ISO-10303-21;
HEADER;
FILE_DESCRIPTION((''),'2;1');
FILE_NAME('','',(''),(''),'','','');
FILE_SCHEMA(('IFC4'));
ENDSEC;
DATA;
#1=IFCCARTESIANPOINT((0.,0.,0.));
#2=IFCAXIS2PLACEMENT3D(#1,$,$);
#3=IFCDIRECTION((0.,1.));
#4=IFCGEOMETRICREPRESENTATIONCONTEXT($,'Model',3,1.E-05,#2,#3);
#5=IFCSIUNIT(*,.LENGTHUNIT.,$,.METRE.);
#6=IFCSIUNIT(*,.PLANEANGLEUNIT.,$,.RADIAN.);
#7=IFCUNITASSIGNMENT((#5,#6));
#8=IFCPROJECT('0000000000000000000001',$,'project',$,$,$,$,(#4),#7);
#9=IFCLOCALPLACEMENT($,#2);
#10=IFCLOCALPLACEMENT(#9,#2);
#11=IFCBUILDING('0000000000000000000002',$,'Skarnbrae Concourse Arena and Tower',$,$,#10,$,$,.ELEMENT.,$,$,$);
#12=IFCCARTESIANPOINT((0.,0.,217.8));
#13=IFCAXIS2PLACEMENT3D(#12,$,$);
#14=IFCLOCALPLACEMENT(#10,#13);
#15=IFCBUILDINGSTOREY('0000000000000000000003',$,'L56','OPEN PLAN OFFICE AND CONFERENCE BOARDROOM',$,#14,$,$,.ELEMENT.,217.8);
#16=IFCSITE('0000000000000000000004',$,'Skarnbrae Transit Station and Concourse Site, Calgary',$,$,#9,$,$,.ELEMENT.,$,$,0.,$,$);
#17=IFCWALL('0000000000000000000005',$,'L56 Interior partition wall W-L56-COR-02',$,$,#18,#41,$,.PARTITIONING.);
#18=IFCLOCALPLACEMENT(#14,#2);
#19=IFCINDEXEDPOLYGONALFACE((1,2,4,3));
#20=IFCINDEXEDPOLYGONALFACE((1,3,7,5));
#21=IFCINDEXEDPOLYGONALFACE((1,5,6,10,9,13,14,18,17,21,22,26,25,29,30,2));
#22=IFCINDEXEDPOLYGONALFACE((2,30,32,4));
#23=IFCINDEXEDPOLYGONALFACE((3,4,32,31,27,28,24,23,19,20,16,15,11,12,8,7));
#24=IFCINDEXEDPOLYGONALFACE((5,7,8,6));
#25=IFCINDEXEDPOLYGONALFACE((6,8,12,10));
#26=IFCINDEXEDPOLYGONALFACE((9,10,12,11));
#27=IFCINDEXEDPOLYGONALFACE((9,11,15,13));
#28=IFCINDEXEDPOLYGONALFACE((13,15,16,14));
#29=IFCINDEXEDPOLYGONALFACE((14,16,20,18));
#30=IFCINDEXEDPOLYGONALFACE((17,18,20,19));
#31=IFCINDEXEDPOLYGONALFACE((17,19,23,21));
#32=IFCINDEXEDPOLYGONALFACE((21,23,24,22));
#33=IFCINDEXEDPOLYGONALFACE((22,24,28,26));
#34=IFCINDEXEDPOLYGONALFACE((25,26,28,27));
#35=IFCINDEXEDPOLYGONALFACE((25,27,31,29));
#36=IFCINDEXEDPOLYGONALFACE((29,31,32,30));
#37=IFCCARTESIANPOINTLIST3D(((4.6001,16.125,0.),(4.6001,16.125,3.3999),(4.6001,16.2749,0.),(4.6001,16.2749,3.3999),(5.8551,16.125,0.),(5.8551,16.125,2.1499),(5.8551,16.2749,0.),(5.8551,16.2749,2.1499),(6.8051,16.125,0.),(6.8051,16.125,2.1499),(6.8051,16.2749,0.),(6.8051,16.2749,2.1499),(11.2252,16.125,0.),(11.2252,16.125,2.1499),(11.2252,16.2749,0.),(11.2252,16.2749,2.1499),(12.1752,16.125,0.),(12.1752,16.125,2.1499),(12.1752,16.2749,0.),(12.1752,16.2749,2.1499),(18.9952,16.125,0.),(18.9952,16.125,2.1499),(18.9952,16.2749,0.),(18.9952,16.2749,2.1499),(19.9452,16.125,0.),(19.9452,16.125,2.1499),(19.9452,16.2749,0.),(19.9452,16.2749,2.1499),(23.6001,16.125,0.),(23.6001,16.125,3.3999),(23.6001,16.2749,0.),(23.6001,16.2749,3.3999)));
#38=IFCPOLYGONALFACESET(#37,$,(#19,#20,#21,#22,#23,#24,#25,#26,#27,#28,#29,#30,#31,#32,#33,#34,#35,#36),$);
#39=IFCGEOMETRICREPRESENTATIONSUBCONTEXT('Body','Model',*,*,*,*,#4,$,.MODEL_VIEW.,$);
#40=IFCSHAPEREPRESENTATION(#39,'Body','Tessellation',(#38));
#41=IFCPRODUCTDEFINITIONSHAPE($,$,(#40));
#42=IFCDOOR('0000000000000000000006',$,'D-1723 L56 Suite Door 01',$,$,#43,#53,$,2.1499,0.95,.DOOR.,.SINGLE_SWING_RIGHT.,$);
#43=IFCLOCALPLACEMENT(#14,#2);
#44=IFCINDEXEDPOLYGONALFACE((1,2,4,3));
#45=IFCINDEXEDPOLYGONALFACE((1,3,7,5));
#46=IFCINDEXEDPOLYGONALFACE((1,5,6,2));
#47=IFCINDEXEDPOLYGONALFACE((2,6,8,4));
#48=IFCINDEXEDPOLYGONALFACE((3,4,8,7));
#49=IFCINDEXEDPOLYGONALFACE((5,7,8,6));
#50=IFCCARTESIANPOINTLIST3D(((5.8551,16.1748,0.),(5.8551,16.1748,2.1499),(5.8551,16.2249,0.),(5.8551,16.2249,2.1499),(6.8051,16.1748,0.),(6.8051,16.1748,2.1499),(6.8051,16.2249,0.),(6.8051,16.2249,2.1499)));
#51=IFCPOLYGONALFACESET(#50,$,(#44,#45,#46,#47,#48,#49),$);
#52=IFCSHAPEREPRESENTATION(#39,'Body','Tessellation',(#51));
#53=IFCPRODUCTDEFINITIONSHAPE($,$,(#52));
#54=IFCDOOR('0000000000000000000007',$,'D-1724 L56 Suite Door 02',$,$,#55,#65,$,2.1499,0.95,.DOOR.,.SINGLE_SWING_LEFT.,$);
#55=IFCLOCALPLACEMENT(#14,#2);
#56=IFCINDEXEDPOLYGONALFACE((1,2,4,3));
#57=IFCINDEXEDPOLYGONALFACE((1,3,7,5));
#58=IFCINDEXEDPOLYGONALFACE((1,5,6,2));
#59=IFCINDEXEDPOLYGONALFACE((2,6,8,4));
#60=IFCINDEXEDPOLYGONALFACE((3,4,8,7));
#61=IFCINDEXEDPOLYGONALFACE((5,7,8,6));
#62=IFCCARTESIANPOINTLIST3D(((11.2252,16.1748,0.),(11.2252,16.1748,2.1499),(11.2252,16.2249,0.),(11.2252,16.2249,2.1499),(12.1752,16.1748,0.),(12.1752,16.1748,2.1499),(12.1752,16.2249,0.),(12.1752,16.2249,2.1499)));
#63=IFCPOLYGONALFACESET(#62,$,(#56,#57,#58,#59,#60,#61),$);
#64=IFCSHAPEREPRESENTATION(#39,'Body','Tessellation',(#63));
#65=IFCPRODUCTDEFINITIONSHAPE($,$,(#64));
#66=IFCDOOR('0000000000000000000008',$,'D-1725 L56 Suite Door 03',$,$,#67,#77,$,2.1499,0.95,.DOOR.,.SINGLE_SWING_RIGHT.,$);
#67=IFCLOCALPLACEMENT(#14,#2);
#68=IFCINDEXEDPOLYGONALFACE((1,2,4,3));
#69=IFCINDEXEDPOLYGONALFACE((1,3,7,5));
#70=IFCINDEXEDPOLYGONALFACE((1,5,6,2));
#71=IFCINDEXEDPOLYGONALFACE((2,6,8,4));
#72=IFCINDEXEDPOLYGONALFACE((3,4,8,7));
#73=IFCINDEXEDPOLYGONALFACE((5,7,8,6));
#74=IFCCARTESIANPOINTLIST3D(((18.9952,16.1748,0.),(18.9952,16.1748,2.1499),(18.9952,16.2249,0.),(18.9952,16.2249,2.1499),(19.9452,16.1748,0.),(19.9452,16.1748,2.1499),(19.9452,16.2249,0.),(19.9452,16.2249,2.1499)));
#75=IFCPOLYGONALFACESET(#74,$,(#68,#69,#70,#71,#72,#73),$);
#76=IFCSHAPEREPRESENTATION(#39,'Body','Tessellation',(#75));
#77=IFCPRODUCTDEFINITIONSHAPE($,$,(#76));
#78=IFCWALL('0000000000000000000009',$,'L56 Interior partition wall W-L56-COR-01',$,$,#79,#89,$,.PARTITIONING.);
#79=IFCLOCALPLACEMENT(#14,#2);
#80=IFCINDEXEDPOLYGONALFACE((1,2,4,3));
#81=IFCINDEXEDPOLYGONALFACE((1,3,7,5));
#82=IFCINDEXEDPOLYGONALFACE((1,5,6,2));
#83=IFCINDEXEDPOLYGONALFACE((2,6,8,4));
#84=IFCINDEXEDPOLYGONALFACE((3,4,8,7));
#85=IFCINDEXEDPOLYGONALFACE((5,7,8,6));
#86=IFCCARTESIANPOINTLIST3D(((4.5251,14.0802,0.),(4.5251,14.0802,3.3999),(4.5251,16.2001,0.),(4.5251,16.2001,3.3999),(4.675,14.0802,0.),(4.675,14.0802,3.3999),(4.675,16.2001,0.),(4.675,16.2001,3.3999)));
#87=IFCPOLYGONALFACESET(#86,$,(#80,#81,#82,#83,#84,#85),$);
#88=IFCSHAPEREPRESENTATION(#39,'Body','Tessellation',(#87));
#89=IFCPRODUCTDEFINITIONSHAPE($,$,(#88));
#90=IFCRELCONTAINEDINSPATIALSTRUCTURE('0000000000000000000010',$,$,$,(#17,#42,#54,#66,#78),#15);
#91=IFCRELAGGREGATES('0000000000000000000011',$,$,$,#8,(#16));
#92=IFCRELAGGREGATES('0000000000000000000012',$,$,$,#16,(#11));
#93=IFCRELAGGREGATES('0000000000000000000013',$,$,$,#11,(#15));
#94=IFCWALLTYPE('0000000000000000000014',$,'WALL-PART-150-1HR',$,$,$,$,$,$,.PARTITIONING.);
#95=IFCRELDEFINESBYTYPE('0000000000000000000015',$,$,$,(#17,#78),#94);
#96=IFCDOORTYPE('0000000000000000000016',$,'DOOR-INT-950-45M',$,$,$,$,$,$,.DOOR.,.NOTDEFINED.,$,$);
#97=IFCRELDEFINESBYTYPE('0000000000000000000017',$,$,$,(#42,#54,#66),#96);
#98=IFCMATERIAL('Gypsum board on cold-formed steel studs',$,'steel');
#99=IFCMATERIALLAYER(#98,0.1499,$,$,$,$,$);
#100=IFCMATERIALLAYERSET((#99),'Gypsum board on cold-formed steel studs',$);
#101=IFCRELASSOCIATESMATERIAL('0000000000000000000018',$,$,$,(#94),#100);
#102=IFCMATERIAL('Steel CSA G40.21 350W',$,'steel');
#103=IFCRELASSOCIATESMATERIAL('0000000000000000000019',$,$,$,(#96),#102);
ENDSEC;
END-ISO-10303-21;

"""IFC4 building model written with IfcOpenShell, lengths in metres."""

from ifc_helpers import new_model, si_unit, direction, frame, frame_2d, origin, place, context, subcontext, project, spatial, rectangle, extrude, source, transform, mapped, material, layer, layer_set, type_object, element, fill, save


model = new_model("IFC4")

# Units and contexts
model_context = context("Model", 3, precision=1e-05, world=origin(), true_north=direction((0.0, 1.0)))
body_context = subcontext(model_context, "Body", "Model", "MODEL_VIEW")
ifc_project = project(units=[si_unit("LENGTHUNIT", "METRE"), si_unit("PLANEANGLEUNIT", "RADIAN")], contexts=[model_context])

# Site, building, storey
site_placement = place(None, origin())
site = spatial("IfcSite", under=ifc_project, at=site_placement, Name="Skarnbrae Transit Station and Concourse Site, Calgary", CompositionType="ELEMENT", RefElevation=0.0)
building_placement = place(site_placement, origin())
building = spatial("IfcBuilding", under=site, at=building_placement, Name="Skarnbrae Concourse Arena and Tower", CompositionType="ELEMENT")
storey_placement = place(building_placement, frame((0.0, 0.0, 217.8)))
storey = spatial("IfcBuildingStorey", under=building, at=storey_placement, Name="L56", Description="OPEN PLAN OFFICE AND CONFERENCE BOARDROOM", CompositionType="ELEMENT", Elevation=217.8)

# Shared definitions
ifc_material_1 = material(Name="Steel CSA G40.21 350W", Category="steel")

# Wall, openings, doors
ifc_material_2 = material(Name="Gypsum board on cold-formed steel studs", Category="steel")
ifc_layer_1 = layer(ifc_material_2, 0.1499)
ifc_layer_set_1 = layer_set([ifc_layer_1], Name="Gypsum board on cold-formed steel studs")
wall_type_1 = type_object("IfcWallType", Name="WALL-PART-150-1HR", PredefinedType="PARTITIONING", material=ifc_layer_set_1)
shared_shape_1 = source(origin(), body_context, "Body", "SweptSolid", [
    extrude(rectangle(XDim=19.0, YDim=0.1499, at=frame_2d((9.5, 0.0))), origin(), (0.0, 0.0, 1.0), 3.3999),
])
wall_1_placement = place(storey_placement, frame((4.6001, 16.2, 0.0), z_axis=(0.0, 0.0, 1.0), x_axis=(1.0, 0.0, 0.0)))
wall_1 = element("IfcWall", 1, at=wall_1_placement, inside=storey, type_object=wall_type_1, Name="L56 Interior partition wall W-L56-COR-02", PredefinedType="PARTITIONING", context=body_context, shape_type="MappedRepresentation", body=[
    mapped(shared_shape_1, transform((0.0, 0.0, 0.0))),
])
opening_1_placement = place(wall_1_placement, frame((1.2549, 0.0, 0.0)))
opening_1 = element("IfcOpeningElement", 2, at=opening_1_placement, cuts=wall_1, PredefinedType="OPENING", context=body_context, shape_type="SweptSolid", body=[
    extrude(rectangle(XDim=0.95, YDim=2.1499, at=frame_2d((0.4751, 1.075))), frame((0.0, 0.085, 0.0), z_axis=(0.0, -1.0, 0.0), x_axis=(1.0, 0.0, 0.0)), (0.0, 0.0, 1.0), 0.1699),
])
opening_2_placement = place(wall_1_placement, frame((6.625, 0.0, 0.0)))
opening_2 = element("IfcOpeningElement", 3, at=opening_2_placement, cuts=wall_1, PredefinedType="OPENING", context=body_context, shape_type="SweptSolid", body=[
    extrude(rectangle(XDim=0.95, YDim=2.1499, at=frame_2d((0.4751, 1.075))), frame((0.0, 0.085, 0.0), z_axis=(0.0, -1.0, 0.0), x_axis=(1.0, 0.0, 0.0)), (0.0, 0.0, 1.0), 0.1699),
])
opening_3_placement = place(wall_1_placement, frame((14.395, 0.0, 0.0)))
opening_3 = element("IfcOpeningElement", 4, at=opening_3_placement, cuts=wall_1, PredefinedType="OPENING", context=body_context, shape_type="SweptSolid", body=[
    extrude(rectangle(XDim=0.95, YDim=2.1499, at=frame_2d((0.4751, 1.075))), frame((0.0, 0.085, 0.0), z_axis=(0.0, -1.0, 0.0), x_axis=(1.0, 0.0, 0.0)), (0.0, 0.0, 1.0), 0.1699),
])
door_type_1 = type_object("IfcDoorType", Name="DOOR-INT-950-45M", OperationType="NOTDEFINED", PredefinedType="DOOR", material=ifc_material_1)
shared_shape_2 = source(origin(), body_context, "Body", "SweptSolid", [
    extrude(rectangle(XDim=0.95, YDim=2.1499, at=frame_2d((0.4751, 1.075))), frame((0.0, 0.0249, 0.0), z_axis=(0.0, -1.0, 0.0), x_axis=(1.0, 0.0, 0.0)), (0.0, 0.0, 1.0), 0.05),
])
door_1_placement = place(opening_1_placement, origin())
door_1 = element("IfcDoor", 5, at=door_1_placement, inside=storey, type_object=door_type_1, Name="D-1723 L56 Suite Door 01", OperationType="SINGLE_SWING_RIGHT", OverallHeight=2.1499, OverallWidth=0.95, PredefinedType="DOOR", context=body_context, shape_type="MappedRepresentation", body=[
    mapped(shared_shape_2, transform((0.0, 0.0, 0.0))),
])
fill(opening_1, door_1)
door_2_placement = place(opening_2_placement, origin())
door_2 = element("IfcDoor", 6, at=door_2_placement, inside=storey, type_object=door_type_1, Name="D-1724 L56 Suite Door 02", OperationType="SINGLE_SWING_LEFT", OverallHeight=2.1499, OverallWidth=0.95, PredefinedType="DOOR", context=body_context, shape_type="MappedRepresentation", body=[
    mapped(shared_shape_2, transform((0.0, 0.0, 0.0))),
])
fill(opening_2, door_2)
door_3_placement = place(opening_3_placement, origin())
door_3 = element("IfcDoor", 7, at=door_3_placement, inside=storey, type_object=door_type_1, Name="D-1725 L56 Suite Door 03", OperationType="SINGLE_SWING_RIGHT", OverallHeight=2.1499, OverallWidth=0.95, PredefinedType="DOOR", context=body_context, shape_type="MappedRepresentation", body=[
    mapped(shared_shape_2, transform((0.0, 0.0, 0.0))),
])
fill(opening_3, door_3)

# Wall
shared_shape_3 = source(origin(), body_context, "Body", "SweptSolid", [
    extrude(rectangle(XDim=2.1199, YDim=0.1499, at=frame_2d((1.0601, 0.0))), origin(), (0.0, 0.0, 1.0), 3.3999),
])
wall_2_placement = place(storey_placement, frame((4.6001, 14.0801, 0.0), z_axis=(0.0, 0.0, 1.0), x_axis=(0.0, 1.0, 0.0)))
element("IfcWall", 8, at=wall_2_placement, inside=storey, type_object=wall_type_1, Name="L56 Interior partition wall W-L56-COR-01", PredefinedType="PARTITIONING", context=body_context, shape_type="MappedRepresentation", body=[
    mapped(shared_shape_3, transform((0.0, 0.0, 0.0))),
])

save(model, "model.ifc")
